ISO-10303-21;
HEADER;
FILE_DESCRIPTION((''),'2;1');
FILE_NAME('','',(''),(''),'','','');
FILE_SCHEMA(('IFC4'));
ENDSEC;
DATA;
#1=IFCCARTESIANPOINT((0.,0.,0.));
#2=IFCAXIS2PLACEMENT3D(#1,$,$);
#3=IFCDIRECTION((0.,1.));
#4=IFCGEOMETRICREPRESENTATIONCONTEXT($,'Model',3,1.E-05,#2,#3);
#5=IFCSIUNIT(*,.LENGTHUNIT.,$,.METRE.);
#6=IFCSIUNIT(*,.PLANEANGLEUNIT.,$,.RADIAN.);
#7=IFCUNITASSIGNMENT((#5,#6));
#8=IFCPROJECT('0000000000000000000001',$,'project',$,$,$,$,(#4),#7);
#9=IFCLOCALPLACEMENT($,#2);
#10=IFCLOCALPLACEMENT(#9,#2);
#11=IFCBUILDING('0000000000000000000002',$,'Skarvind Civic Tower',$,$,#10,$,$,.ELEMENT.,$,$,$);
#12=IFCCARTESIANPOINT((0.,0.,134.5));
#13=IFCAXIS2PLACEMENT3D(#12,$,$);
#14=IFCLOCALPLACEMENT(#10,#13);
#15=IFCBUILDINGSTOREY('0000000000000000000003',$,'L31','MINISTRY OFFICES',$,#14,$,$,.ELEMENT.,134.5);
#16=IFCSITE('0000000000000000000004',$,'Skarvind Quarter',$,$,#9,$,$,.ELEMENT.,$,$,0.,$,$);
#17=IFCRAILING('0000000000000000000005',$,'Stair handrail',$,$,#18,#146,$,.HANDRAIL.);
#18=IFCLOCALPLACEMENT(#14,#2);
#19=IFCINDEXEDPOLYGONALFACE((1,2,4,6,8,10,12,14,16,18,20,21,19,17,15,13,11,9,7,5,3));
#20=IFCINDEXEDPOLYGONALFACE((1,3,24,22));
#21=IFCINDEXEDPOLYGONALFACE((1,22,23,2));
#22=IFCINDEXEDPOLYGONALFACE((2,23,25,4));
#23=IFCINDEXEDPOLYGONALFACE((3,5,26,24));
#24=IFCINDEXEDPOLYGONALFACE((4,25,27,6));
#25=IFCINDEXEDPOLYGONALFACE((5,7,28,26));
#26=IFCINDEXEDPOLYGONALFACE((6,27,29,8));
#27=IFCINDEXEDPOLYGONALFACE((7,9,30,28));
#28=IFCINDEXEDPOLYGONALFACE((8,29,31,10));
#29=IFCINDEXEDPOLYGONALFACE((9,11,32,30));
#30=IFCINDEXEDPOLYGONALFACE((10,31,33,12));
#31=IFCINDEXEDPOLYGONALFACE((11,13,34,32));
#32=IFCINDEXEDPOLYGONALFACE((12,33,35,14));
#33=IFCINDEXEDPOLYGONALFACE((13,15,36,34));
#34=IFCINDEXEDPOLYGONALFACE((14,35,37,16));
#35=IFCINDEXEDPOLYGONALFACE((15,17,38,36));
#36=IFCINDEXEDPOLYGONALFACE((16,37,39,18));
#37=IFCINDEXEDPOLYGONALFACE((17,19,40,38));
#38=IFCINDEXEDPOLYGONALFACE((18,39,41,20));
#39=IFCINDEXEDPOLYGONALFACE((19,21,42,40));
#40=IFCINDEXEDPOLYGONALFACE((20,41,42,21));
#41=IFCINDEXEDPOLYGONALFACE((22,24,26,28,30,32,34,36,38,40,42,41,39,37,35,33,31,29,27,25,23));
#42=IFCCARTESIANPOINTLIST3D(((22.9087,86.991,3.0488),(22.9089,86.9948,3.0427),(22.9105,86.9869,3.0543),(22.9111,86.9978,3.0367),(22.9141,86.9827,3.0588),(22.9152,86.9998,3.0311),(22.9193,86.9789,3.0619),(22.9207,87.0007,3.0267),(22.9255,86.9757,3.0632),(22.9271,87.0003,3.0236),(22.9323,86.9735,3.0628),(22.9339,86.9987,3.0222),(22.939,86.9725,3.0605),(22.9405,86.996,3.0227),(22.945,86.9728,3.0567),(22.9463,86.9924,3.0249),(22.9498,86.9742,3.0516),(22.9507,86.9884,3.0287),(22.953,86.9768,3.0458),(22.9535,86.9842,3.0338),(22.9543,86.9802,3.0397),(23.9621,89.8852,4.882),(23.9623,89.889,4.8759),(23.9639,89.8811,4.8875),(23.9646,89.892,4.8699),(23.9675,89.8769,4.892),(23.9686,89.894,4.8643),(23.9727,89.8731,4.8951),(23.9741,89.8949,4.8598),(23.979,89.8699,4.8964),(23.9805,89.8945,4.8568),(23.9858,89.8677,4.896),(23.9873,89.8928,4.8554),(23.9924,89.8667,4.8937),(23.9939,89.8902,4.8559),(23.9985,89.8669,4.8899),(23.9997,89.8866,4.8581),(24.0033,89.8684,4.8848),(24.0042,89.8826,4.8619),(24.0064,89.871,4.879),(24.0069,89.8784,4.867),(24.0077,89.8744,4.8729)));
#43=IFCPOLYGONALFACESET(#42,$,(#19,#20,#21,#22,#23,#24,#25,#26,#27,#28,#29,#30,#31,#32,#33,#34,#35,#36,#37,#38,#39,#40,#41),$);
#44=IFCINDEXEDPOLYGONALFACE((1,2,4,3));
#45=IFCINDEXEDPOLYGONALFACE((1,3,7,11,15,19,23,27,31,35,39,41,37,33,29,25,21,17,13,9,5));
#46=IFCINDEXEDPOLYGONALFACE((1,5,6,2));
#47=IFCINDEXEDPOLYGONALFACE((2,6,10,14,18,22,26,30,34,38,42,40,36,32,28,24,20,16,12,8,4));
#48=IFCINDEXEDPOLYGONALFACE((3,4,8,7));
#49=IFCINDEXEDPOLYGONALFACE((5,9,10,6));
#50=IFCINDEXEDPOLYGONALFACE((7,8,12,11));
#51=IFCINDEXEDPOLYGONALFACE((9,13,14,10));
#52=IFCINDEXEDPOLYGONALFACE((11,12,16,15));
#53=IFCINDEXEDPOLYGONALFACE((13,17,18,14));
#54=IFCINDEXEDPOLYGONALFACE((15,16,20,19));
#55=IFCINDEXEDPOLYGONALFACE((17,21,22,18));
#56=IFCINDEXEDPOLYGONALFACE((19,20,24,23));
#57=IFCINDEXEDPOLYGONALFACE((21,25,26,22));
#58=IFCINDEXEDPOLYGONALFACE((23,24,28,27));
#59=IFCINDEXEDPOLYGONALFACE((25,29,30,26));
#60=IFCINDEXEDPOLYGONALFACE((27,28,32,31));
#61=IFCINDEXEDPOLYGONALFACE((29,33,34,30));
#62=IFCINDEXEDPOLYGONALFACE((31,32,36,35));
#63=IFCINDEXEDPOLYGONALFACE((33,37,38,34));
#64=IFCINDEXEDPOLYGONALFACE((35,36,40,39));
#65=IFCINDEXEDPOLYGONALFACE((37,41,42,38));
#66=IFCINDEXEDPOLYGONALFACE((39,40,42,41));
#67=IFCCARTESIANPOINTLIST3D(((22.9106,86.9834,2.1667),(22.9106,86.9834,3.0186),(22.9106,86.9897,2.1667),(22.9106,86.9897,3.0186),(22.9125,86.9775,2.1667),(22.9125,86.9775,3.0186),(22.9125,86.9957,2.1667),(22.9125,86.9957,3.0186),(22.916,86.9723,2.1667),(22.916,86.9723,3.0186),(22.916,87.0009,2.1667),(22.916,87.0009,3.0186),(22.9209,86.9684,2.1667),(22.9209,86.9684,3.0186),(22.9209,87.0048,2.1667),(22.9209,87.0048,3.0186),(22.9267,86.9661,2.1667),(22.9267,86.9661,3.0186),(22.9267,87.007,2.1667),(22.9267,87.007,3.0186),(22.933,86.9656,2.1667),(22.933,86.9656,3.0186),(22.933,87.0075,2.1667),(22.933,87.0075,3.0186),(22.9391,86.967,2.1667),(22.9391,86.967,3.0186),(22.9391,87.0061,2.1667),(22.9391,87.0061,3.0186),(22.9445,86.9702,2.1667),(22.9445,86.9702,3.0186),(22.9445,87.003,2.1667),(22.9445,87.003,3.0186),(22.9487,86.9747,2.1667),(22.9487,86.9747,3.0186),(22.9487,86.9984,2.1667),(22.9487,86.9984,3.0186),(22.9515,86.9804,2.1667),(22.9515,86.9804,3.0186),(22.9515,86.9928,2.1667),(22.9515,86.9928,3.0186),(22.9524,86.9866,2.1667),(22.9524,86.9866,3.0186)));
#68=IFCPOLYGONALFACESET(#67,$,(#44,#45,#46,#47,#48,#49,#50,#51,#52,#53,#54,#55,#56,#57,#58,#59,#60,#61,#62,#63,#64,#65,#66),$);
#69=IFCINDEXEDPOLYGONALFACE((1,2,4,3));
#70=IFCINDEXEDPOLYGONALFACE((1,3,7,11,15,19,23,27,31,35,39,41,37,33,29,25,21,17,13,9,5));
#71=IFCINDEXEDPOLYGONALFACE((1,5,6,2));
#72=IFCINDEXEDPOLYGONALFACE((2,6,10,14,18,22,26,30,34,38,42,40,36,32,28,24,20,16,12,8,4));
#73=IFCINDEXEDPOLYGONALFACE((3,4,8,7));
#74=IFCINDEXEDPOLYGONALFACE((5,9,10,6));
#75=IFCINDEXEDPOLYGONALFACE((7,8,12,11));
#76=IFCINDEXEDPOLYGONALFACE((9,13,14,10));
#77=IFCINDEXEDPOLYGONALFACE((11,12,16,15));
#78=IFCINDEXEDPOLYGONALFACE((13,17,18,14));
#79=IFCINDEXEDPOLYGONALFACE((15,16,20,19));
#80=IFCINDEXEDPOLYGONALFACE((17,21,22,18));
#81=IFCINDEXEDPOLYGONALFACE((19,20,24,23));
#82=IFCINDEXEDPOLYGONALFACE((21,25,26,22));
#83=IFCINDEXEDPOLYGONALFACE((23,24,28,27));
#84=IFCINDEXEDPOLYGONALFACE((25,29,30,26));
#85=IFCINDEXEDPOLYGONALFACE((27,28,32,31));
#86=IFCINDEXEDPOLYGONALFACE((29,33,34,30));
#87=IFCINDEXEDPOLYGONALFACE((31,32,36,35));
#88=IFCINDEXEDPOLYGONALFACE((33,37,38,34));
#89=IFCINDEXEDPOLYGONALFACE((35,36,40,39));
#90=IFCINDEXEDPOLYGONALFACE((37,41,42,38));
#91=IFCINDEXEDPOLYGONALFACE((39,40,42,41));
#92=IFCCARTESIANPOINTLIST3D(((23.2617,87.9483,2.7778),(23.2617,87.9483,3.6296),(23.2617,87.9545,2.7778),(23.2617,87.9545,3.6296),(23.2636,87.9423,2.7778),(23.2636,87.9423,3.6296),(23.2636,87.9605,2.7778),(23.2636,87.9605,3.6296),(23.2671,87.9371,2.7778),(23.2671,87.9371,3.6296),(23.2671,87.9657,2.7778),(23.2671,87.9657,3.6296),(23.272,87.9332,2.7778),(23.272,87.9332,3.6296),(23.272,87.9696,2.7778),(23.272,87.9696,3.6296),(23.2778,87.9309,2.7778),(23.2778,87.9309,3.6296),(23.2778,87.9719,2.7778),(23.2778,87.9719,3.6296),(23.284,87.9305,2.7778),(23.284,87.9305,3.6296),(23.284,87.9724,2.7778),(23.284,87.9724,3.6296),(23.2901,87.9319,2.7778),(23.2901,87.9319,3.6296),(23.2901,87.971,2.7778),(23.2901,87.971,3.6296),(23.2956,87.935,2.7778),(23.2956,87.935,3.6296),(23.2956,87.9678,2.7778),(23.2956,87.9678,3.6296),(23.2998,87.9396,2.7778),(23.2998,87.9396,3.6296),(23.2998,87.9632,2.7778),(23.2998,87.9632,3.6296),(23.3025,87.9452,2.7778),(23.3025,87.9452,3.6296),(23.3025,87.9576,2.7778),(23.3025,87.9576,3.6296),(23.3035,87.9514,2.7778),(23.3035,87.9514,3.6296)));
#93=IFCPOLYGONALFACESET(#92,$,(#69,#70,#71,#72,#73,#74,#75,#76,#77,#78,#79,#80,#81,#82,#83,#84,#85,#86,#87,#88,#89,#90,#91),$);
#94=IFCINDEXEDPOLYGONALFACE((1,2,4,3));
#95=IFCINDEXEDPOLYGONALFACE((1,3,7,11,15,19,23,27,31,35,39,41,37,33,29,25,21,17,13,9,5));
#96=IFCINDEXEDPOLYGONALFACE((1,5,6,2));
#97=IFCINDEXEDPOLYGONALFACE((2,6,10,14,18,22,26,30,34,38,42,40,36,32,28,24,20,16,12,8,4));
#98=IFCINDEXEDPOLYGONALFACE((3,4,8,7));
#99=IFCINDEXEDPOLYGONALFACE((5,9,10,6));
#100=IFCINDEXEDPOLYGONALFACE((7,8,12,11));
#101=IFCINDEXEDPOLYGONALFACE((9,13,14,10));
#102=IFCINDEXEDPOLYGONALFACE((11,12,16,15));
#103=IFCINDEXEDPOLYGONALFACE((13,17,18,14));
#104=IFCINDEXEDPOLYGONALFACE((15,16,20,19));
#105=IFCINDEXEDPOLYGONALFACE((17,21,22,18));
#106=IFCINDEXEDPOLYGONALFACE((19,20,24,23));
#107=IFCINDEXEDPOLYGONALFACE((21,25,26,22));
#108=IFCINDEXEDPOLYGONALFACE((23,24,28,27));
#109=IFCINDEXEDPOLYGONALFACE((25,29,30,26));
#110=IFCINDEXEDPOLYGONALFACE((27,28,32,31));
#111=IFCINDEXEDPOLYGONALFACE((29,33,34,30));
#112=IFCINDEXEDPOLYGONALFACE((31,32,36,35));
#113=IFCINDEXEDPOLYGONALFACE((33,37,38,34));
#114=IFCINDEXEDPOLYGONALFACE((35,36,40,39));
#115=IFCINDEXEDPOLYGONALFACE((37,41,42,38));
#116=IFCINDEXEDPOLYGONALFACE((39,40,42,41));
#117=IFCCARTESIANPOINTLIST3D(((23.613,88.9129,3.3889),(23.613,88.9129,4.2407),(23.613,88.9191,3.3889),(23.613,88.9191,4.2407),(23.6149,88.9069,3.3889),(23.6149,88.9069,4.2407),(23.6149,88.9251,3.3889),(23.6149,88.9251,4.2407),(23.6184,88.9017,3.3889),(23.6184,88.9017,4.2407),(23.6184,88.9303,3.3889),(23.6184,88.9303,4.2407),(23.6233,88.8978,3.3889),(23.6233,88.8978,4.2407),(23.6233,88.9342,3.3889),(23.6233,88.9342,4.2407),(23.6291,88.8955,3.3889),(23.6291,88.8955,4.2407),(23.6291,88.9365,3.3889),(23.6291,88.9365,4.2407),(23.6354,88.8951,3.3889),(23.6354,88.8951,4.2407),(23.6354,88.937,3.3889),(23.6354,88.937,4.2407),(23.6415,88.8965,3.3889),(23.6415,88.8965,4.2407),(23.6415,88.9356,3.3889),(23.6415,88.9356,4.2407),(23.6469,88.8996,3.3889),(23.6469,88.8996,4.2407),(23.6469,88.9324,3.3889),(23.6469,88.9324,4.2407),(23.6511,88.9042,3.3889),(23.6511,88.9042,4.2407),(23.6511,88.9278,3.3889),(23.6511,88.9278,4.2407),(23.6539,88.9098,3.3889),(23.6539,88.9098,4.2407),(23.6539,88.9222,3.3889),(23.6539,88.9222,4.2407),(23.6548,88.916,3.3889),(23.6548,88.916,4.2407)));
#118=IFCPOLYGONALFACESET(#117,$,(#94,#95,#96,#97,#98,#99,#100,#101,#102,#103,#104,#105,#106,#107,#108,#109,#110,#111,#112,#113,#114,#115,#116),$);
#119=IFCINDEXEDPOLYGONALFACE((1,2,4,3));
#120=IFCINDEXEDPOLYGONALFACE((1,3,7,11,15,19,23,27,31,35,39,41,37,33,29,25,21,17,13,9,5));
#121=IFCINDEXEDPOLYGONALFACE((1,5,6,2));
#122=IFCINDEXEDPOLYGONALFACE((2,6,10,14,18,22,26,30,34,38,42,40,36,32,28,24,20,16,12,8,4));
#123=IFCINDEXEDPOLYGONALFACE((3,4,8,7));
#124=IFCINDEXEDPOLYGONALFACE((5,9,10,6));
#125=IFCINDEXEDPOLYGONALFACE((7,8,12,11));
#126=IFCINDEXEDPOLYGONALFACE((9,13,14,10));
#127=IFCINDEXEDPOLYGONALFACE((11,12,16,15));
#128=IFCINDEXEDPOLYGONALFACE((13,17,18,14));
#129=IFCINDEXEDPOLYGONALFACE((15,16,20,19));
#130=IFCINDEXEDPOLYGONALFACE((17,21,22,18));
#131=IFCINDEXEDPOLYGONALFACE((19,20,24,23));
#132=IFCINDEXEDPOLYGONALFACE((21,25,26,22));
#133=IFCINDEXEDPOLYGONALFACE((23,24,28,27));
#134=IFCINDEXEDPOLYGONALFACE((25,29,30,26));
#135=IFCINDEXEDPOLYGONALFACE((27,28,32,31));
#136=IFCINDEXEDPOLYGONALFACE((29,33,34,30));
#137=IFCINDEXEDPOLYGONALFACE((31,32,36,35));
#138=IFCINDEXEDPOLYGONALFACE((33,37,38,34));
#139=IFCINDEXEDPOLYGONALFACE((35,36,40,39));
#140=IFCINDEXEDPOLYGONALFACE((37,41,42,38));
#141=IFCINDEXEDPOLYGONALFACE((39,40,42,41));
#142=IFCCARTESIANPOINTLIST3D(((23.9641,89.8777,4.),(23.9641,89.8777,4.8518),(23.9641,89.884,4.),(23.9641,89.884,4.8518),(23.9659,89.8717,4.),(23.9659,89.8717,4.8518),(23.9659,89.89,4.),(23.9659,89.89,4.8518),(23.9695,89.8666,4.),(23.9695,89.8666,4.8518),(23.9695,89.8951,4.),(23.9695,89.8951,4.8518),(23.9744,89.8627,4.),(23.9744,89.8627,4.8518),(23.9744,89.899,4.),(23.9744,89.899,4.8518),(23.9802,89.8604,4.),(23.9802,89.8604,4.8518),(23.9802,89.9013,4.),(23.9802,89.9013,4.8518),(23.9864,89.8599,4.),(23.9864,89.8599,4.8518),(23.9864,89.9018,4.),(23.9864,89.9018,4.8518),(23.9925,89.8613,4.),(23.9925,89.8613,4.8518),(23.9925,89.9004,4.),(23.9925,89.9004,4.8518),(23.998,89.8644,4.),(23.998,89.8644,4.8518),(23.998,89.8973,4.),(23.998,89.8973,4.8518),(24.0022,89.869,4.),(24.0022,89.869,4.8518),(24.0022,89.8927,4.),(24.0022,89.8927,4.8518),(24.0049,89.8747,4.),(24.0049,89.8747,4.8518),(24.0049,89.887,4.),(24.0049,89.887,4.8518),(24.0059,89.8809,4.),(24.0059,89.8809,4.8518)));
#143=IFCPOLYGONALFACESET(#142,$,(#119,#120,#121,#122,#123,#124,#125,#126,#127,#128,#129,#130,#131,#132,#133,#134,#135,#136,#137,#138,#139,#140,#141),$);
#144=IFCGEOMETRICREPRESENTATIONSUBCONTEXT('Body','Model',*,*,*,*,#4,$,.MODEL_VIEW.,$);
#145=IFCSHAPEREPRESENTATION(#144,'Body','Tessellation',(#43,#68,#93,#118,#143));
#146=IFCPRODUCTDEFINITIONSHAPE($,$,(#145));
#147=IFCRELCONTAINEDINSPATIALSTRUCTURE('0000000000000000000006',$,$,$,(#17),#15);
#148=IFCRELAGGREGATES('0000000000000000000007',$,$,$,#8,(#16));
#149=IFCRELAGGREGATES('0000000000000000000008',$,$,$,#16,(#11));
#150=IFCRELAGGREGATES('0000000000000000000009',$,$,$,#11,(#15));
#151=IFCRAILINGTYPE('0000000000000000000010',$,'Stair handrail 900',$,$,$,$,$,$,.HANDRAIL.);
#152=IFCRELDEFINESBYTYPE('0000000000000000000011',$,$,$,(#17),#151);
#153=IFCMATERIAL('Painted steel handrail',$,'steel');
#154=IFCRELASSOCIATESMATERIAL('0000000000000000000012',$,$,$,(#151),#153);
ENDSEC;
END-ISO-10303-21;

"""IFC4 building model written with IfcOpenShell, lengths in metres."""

from ifc_helpers import new_model, si_unit, direction, frame, origin, origin_2d, place, context, subcontext, project, spatial, circle, extrude, material, type_object, element, save


model = new_model("IFC4")

# Units and contexts
model_context = context("Model", 3, precision=1e-05, world=origin(), true_north=direction((0.0, 1.0)))
body_context = subcontext(model_context, "Body", "Model", "MODEL_VIEW")
ifc_project = project(units=[si_unit("LENGTHUNIT", "METRE"), si_unit("PLANEANGLEUNIT", "RADIAN")], contexts=[model_context])

# Site, building, storey
site_placement = place(None, origin())
site = spatial("IfcSite", under=ifc_project, at=site_placement, Name="Skarvind Quarter", CompositionType="ELEMENT", RefElevation=0.0)
building_placement = place(site_placement, origin())
building = spatial("IfcBuilding", under=site, at=building_placement, Name="Skarvind Civic Tower", CompositionType="ELEMENT")
storey_placement = place(building_placement, frame((0.0, 0.0, 134.5)))
storey = spatial("IfcBuildingStorey", under=building, at=storey_placement, Name="L31", Description="MINISTRY OFFICES", CompositionType="ELEMENT", Elevation=134.5)

# Railing
ifc_material_1 = material(Name="Painted steel handrail", Category="steel")
railing_type = type_object("IfcRailingType", Name="Stair handrail 900", PredefinedType="HANDRAIL", material=ifc_material_1)
railing_1_placement = place(storey_placement, frame((22.9314, 86.9866, 2.1667)))
element("IfcRailing", 1, at=railing_1_placement, inside=storey, type_object=railing_type, Name="Stair handrail", PredefinedType="HANDRAIL", context=body_context, shape_type="SweptSolid", body=[
    extrude(circle(Radius=0.0239, at=origin_2d()), frame((0.0, 0.0, 0.876), z_axis=(0.293908, 0.807481, 0.511461), x_axis=(-0.939689, 0.342029, 0.0)), (0.0, 0.0, 1.0), 3.5842),
    extrude(circle(Radius=0.021, at=origin_2d()), origin(), (0.0, 0.0, 1.0), 0.8518),
    extrude(circle(Radius=0.021, at=origin_2d()), frame((0.3511, 0.9648, 0.6111)), (0.0, 0.0, 1.0), 0.8518),
    extrude(circle(Radius=0.021, at=origin_2d()), frame((0.7024, 1.9294, 1.2222)), (0.0, 0.0, 1.0), 0.8518),
    extrude(circle(Radius=0.021, at=origin_2d()), frame((1.0535, 2.8943, 1.8333)), (0.0, 0.0, 1.0), 0.8518),
])

save(model, "model.ifc")
